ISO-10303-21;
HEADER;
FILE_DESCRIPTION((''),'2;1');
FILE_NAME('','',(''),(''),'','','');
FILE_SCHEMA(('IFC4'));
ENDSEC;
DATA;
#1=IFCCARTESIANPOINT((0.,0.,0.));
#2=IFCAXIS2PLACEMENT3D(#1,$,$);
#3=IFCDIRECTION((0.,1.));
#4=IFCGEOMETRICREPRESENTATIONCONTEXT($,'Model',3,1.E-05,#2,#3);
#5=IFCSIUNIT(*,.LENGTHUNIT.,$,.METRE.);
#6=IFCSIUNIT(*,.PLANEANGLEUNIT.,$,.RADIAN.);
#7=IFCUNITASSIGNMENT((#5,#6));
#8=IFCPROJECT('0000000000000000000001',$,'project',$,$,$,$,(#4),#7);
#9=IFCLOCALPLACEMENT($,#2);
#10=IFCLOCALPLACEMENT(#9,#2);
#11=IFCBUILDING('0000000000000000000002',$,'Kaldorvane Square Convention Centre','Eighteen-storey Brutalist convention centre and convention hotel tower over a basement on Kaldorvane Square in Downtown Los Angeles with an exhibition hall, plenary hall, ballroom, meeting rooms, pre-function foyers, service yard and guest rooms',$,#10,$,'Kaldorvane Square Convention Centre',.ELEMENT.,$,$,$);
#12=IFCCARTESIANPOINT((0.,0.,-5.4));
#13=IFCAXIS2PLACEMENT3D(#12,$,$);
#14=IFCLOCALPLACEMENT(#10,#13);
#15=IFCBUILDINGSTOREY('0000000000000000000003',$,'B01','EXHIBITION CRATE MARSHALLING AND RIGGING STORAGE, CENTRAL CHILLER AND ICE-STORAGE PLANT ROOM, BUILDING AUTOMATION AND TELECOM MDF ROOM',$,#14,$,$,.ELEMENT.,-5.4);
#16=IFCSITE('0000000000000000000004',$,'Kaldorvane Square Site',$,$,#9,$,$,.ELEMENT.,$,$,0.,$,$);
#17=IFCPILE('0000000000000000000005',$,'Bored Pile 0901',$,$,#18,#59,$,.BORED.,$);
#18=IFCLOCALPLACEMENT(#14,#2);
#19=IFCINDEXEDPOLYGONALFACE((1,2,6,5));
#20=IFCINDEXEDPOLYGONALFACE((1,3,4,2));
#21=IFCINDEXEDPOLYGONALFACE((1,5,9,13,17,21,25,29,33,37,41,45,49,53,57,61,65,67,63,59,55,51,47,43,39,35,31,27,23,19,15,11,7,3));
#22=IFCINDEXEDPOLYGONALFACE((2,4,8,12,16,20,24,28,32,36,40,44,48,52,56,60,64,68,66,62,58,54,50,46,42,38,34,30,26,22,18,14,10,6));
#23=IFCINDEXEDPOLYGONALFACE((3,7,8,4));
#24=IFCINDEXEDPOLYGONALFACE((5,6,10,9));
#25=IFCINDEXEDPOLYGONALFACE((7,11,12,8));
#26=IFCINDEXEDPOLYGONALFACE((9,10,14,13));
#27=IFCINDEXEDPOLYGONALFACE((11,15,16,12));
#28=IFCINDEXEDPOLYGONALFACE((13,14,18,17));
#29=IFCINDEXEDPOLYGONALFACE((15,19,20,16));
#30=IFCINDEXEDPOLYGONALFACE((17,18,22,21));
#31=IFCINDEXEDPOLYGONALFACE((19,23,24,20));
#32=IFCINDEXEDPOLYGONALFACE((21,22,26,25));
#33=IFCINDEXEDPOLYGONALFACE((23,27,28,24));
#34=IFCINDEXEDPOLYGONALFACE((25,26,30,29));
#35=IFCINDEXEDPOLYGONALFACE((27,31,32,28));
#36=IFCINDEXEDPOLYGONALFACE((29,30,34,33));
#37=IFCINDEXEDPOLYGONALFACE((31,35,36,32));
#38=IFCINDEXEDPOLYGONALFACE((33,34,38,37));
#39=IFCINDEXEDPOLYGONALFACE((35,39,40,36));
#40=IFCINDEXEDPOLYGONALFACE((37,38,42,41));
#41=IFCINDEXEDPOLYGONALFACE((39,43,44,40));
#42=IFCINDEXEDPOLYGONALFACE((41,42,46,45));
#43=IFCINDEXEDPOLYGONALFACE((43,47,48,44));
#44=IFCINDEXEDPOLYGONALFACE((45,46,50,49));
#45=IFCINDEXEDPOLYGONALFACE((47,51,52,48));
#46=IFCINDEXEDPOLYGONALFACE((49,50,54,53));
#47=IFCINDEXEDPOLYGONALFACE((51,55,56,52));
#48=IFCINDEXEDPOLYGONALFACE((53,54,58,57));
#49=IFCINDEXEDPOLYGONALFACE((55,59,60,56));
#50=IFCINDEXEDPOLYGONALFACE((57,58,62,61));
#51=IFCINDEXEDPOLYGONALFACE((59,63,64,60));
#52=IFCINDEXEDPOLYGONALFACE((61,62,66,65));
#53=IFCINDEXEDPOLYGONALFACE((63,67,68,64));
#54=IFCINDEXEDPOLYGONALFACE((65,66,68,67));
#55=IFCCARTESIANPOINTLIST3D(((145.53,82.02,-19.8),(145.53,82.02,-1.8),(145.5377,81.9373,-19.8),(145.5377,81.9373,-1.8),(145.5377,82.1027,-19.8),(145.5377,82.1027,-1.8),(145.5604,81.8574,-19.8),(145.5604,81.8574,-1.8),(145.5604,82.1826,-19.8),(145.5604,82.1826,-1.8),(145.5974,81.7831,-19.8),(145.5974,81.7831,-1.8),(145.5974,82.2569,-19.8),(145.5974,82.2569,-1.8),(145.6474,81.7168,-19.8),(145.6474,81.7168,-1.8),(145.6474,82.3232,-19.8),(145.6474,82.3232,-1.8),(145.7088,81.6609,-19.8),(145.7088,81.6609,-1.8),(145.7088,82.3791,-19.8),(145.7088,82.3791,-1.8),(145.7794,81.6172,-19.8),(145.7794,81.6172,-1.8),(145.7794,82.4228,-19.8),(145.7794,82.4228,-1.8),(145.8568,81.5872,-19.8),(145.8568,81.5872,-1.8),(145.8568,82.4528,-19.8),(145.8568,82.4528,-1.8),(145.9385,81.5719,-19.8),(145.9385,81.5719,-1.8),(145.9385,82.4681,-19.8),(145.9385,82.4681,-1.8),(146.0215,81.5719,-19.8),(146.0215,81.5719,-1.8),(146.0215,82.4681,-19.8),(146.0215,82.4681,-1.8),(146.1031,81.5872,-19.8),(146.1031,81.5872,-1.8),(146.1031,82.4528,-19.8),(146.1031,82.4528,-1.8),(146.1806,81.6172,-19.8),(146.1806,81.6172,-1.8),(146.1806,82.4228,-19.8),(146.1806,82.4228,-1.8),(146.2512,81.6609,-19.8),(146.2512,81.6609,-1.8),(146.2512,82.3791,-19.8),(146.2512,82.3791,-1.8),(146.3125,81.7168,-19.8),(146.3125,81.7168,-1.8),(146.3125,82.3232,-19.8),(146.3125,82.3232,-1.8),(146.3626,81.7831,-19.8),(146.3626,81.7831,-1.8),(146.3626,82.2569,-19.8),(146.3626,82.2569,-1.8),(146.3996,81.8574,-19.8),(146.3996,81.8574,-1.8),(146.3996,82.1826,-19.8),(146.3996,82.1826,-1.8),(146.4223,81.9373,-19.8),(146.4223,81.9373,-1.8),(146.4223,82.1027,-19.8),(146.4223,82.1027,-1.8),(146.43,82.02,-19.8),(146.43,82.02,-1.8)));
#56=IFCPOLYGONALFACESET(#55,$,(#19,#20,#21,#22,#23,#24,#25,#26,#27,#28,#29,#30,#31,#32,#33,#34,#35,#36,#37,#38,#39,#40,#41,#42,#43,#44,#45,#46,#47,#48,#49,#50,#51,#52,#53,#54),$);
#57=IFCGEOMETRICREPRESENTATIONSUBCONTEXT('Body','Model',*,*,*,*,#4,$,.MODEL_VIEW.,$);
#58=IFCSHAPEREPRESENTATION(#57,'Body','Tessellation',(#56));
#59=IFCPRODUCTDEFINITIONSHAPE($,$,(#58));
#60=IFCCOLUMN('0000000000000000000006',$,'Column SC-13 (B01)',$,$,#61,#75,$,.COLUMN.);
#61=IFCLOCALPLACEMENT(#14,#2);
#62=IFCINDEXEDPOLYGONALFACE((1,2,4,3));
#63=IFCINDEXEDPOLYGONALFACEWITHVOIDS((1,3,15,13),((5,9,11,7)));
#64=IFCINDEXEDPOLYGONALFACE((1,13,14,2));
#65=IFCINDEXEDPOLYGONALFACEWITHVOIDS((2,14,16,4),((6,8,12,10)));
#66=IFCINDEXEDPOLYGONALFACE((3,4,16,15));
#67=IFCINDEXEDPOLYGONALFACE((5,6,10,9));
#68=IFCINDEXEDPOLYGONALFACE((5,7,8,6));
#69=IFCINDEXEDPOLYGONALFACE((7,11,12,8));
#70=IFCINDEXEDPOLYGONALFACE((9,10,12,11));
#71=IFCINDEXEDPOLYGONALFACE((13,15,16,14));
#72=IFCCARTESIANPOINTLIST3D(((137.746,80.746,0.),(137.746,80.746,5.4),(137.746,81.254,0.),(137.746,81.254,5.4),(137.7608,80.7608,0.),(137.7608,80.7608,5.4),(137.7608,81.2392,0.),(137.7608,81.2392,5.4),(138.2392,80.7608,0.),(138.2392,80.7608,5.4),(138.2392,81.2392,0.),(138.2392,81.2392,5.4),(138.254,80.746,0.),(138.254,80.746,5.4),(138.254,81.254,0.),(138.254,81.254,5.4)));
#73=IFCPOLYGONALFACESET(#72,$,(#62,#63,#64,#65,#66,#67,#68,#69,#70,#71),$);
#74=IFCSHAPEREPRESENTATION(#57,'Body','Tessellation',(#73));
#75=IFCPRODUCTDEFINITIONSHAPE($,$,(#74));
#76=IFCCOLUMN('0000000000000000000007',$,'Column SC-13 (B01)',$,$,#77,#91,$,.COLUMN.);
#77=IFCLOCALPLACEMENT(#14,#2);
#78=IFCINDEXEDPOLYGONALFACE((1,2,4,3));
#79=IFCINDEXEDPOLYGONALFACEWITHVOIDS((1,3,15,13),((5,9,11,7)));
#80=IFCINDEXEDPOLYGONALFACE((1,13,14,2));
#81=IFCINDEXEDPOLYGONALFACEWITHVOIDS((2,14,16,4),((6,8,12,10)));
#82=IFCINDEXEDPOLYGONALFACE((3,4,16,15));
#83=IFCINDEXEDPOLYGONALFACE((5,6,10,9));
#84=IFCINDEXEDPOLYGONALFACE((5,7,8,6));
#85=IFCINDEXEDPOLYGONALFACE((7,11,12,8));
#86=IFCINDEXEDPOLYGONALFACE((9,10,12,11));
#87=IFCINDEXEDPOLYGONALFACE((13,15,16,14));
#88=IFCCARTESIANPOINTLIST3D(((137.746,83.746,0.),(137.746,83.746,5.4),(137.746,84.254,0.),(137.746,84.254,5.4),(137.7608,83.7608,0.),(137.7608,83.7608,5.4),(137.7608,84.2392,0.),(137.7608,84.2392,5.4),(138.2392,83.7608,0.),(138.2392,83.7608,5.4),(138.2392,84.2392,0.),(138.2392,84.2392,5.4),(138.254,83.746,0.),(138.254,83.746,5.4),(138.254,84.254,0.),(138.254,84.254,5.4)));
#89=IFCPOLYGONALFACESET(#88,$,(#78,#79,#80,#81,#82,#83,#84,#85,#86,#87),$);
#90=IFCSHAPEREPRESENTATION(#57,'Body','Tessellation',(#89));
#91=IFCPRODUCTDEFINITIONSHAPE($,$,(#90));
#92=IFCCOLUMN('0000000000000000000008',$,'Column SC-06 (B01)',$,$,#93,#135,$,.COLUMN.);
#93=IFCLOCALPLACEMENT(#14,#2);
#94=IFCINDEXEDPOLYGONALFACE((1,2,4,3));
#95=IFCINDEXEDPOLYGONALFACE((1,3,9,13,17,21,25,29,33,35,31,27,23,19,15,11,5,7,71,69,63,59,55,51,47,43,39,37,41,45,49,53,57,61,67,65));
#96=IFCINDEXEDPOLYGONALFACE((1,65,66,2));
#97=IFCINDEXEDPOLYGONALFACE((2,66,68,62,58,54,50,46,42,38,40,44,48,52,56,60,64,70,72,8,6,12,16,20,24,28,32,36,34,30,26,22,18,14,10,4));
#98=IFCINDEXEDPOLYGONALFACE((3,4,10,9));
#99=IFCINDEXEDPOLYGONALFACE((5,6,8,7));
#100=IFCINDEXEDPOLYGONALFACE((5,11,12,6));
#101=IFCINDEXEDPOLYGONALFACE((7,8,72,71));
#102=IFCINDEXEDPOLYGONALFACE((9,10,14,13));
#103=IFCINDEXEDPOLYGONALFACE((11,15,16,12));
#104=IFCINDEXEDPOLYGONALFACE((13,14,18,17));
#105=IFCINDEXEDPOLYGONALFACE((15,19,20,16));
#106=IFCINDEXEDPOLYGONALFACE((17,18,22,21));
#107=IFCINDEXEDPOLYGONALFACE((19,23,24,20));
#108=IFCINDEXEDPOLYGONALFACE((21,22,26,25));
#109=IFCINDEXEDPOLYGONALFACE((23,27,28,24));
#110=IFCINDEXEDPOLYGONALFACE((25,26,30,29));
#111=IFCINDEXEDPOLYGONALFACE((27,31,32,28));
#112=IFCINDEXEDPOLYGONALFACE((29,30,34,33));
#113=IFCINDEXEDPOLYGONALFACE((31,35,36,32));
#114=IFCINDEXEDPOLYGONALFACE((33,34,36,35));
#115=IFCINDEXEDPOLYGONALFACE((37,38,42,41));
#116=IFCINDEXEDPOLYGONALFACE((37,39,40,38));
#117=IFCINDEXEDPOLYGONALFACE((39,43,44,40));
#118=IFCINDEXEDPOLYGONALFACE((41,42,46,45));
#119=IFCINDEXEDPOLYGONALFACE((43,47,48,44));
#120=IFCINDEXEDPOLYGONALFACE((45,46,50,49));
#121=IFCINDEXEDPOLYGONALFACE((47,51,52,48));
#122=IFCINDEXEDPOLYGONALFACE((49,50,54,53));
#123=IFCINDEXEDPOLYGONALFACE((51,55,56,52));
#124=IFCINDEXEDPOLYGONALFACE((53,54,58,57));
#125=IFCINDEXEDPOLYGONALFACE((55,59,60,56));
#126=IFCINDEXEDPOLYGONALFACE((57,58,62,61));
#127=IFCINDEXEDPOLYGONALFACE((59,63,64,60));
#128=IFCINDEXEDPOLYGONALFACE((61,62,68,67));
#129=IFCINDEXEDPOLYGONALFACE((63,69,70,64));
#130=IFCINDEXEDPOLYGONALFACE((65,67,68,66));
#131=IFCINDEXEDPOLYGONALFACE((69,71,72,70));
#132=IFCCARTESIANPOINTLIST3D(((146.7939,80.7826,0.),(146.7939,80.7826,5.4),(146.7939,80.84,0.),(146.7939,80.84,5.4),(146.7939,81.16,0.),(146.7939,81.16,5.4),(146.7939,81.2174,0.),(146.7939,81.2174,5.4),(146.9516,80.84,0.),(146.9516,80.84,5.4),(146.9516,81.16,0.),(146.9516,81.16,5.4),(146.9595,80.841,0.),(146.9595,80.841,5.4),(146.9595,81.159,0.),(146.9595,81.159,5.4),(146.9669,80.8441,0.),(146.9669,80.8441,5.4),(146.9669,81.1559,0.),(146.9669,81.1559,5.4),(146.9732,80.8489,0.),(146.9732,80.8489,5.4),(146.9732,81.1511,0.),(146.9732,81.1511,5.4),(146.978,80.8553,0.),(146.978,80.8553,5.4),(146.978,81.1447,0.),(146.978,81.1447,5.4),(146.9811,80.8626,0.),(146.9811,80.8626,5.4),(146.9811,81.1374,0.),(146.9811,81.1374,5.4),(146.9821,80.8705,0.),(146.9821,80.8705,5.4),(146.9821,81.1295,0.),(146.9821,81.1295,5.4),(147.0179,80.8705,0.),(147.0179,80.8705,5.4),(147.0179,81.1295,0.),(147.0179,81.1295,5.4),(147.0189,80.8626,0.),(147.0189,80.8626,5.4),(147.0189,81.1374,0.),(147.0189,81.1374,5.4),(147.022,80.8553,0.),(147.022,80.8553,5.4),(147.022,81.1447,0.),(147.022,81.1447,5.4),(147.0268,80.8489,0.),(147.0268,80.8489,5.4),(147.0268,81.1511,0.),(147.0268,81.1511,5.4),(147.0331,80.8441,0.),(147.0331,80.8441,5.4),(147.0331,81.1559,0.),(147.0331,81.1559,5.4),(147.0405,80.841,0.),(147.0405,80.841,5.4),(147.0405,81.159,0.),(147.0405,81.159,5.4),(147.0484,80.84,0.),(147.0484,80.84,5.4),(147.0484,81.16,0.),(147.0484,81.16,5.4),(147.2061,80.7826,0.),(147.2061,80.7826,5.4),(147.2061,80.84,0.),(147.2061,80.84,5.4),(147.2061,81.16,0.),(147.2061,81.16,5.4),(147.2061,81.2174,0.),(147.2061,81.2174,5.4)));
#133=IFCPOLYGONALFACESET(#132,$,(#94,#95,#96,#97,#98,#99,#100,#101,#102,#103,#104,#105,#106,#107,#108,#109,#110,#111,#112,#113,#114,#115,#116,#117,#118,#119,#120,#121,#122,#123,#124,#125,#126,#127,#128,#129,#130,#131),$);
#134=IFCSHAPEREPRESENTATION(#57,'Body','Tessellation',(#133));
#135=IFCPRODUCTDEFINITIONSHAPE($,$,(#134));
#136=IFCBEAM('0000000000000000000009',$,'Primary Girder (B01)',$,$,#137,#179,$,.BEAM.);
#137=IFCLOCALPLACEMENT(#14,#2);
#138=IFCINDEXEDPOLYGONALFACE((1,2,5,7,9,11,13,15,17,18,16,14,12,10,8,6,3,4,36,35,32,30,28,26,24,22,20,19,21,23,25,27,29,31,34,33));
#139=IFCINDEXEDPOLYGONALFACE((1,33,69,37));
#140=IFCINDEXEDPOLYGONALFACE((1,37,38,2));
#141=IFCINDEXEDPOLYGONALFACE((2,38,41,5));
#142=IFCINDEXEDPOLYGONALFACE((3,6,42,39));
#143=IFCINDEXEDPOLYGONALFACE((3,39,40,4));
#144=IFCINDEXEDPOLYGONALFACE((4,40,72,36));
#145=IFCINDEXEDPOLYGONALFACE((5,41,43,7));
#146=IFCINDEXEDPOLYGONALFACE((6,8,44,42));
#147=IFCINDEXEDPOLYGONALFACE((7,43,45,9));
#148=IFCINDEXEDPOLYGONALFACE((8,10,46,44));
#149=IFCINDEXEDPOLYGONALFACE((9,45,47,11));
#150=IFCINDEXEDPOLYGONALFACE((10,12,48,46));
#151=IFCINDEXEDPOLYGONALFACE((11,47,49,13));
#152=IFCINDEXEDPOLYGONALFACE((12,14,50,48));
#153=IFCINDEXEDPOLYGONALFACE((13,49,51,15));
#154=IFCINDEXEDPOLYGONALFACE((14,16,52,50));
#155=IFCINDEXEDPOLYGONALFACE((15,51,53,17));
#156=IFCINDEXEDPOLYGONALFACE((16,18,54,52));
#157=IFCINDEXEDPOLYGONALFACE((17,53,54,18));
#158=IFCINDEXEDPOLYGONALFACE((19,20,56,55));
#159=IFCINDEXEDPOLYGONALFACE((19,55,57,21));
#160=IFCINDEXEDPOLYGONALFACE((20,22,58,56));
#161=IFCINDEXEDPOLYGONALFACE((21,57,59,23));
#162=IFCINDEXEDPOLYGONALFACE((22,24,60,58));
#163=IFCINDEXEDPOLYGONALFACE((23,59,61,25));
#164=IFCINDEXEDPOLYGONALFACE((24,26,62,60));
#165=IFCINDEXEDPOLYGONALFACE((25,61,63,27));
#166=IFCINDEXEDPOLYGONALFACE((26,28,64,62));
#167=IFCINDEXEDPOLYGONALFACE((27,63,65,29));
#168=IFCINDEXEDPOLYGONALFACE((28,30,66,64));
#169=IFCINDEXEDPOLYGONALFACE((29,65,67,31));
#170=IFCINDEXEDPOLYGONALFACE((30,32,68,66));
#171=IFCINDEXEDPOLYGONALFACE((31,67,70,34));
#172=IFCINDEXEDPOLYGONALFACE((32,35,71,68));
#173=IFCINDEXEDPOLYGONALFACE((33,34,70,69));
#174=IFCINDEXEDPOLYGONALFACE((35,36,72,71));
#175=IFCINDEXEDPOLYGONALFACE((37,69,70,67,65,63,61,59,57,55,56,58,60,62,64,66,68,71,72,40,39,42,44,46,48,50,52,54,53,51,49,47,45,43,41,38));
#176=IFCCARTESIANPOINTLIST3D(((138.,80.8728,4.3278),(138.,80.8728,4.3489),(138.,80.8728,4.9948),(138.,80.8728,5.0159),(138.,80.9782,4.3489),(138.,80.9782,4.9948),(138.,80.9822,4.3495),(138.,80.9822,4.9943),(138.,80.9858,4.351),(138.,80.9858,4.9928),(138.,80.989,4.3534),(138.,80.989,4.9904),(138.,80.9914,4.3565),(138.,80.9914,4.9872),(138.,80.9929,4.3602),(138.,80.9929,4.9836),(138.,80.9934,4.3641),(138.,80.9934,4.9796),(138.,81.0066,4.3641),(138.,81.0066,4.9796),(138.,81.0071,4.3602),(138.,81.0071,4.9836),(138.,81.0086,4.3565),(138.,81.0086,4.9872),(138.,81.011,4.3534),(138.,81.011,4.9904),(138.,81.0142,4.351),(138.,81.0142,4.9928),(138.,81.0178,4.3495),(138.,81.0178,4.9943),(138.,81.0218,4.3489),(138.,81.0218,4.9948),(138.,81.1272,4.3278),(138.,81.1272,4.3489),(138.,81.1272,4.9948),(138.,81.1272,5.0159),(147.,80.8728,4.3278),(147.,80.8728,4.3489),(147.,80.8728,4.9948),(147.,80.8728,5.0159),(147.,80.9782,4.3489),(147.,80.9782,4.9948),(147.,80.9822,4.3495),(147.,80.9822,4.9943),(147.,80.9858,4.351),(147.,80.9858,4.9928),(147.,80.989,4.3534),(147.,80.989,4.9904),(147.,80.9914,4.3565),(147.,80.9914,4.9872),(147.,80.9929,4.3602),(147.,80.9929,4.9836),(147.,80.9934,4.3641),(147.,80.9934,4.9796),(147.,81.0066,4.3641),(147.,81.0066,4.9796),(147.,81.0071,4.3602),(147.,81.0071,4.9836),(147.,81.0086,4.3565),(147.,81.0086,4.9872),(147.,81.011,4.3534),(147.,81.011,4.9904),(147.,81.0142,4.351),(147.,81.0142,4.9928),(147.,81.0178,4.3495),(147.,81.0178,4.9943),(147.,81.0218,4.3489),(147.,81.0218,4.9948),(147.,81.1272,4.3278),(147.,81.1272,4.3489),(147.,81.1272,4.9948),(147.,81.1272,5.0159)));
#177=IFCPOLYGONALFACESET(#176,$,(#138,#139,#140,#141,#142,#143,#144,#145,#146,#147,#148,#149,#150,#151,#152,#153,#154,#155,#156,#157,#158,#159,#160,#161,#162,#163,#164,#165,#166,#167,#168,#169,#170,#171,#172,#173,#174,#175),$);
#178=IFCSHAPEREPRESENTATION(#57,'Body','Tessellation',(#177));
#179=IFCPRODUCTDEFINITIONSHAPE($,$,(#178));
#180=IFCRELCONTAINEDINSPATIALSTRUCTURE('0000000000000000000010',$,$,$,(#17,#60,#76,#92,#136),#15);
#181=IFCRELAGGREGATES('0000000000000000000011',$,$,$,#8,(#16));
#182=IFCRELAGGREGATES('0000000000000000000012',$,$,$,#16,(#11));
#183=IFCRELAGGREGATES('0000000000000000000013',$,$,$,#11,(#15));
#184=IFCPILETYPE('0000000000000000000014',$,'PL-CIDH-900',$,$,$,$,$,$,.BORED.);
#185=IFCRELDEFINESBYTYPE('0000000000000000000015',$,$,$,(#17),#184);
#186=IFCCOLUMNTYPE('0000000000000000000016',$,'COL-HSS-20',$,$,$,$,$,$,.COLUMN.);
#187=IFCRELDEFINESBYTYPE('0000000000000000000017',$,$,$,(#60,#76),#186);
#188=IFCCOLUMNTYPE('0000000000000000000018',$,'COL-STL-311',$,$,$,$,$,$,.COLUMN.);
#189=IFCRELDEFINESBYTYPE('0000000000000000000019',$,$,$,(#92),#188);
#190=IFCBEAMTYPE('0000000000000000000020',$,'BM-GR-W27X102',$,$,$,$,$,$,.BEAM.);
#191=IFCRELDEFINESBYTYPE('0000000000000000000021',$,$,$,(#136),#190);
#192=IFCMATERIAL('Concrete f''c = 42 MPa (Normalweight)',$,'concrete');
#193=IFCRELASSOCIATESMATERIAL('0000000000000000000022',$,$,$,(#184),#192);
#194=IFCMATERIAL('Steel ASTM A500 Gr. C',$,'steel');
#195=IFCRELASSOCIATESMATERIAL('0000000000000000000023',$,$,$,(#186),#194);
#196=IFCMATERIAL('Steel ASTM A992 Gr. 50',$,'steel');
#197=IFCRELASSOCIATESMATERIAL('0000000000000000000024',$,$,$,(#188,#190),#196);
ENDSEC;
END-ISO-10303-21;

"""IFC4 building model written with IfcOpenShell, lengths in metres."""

from ifc_helpers import new_model, si_unit, direction, frame, origin, origin_2d, place, context, subcontext, project, spatial, hollow_rectangle, circle, i_section, extrude, material, material_profile, profile_set, type_object, element, save


model = new_model("IFC4")

# Units and contexts
model_context = context("Model", 3, precision=1e-05, world=origin(), true_north=direction((0.0, 1.0)))
body_context = subcontext(model_context, "Body", "Model", "MODEL_VIEW")
ifc_project = project(units=[si_unit("LENGTHUNIT", "METRE"), si_unit("PLANEANGLEUNIT", "RADIAN")], contexts=[model_context])

# Site, building, storey
site_placement = place(None, origin())
site = spatial("IfcSite", under=ifc_project, at=site_placement, Name="Kaldorvane Square Site", CompositionType="ELEMENT", RefElevation=0.0)
building_placement = place(site_placement, origin())
building = spatial("IfcBuilding", under=site, at=building_placement, Name="Kaldorvane Square Convention Centre", Description="Eighteen-storey Brutalist convention centre and convention hotel tower over a basement on Kaldorvane Square in Downtown Los Angeles with an exhibition hall, plenary hall, ballroom, meeting rooms, pre-function foyers, service yard and guest rooms", LongName="Kaldorvane Square Convention Centre", CompositionType="ELEMENT")
storey_placement = place(building_placement, frame((0.0, 0.0, -5.4)))
storey = spatial("IfcBuildingStorey", under=building, at=storey_placement, Name="B01", Description="EXHIBITION CRATE MARSHALLING AND RIGGING STORAGE, CENTRAL CHILLER AND ICE-STORAGE PLANT ROOM, BUILDING AUTOMATION AND TELECOM MDF ROOM", CompositionType="ELEMENT", Elevation=-5.4)

# Shared definitions
ifc_material_1 = material(Name="Concrete f'c = 42 MPa (Normalweight)", Category="concrete")

# Pile
ifc_material_profile_1 = material_profile(ifc_material_1, circle(Radius=0.45, at=origin_2d()), Name="PILE-D900")
ifc_profile_set_1 = profile_set([ifc_material_profile_1], Name="Concrete f'c = 42 MPa (Normalweight)")
pile_type_1 = type_object("IfcPileType", Name="PL-CIDH-900", PredefinedType="BORED", material=ifc_profile_set_1)
for number, where, z_axis, x_axis, name in (
    (1, (145.98, 82.02, -1.8), (0.0, 0.0, -1.0), (1.0, 0.0, 0.0), "Bored Pile 0901"),
):
    element("IfcPile", number, at=place(storey_placement, frame(where, z_axis=z_axis, x_axis=x_axis)), inside=storey, type_object=pile_type_1, Name=name, PredefinedType="BORED", context=body_context, shape_type="SweptSolid", body=[
        extrude(circle(Radius=0.45, at=origin_2d()), origin(), (0.0, 0.0, 1.0), 18.0),
    ])

# Columns
ifc_material_2 = material(Name="Steel ASTM A500 Gr. C", Category="steel")
ifc_material_profile_2 = material_profile(ifc_material_2, hollow_rectangle(XDim=0.508, YDim=0.508, WallThickness=0.0148, at=origin_2d()), Name="HSS20X20X5/8")
ifc_profile_set_2 = profile_set([ifc_material_profile_2], Name="Steel ASTM A500 Gr. C")
column_type_1 = type_object("IfcColumnType", Name="COL-HSS-20", PredefinedType="COLUMN", material=ifc_profile_set_2)
for number, where, z_axis, x_axis, name in (
    (2, (138.0, 81.0, 0.0), (0.0, 0.0, 1.0), (1.0, 0.0, 0.0), "Column SC-13 (B01)"),
    (3, (138.0, 84.0, 0.0), (0.0, 0.0, 1.0), (1.0, 0.0, 0.0), "Column SC-13 (B01)"),
):
    element("IfcColumn", number, at=place(storey_placement, frame(where, z_axis=z_axis, x_axis=x_axis)), inside=storey, type_object=column_type_1, Name=name, PredefinedType="COLUMN", context=body_context, shape_type="SweptSolid", body=[
        extrude(hollow_rectangle(XDim=0.508, YDim=0.508, WallThickness=0.0148, at=origin_2d()), origin(), (0.0, 0.0, 1.0), 5.4),
    ])
ifc_material_3 = material(Name="Steel ASTM A992 Gr. 50", Category="steel")
ifc_material_profile_3 = material_profile(ifc_material_3, i_section(OverallWidth=0.4122, OverallDepth=0.4348, WebThickness=0.0358, FlangeThickness=0.0574, FilletRadius=0.0305, at=origin_2d()), Name="W14X311")
ifc_profile_set_3 = profile_set([ifc_material_profile_3], Name="Steel ASTM A992 Gr. 50")
column_type_2 = type_object("IfcColumnType", Name="COL-STL-311", PredefinedType="COLUMN", material=ifc_profile_set_3)
column_placement = place(storey_placement, frame((147.0, 81.0, 0.0), z_axis=(0.0, 0.0, 1.0), x_axis=(1.0, 0.0, 0.0)))
element("IfcColumn", 4, at=column_placement, inside=storey, type_object=column_type_2, Name="Column SC-06 (B01)", PredefinedType="COLUMN", context=body_context, shape_type="SweptSolid", body=[
    extrude(i_section(OverallWidth=0.4122, OverallDepth=0.4348, WebThickness=0.0358, FlangeThickness=0.0574, FilletRadius=0.0305, at=origin_2d()), origin(), (0.0, 0.0, 1.0), 5.4),
])

# Beam
ifc_material_profile_4 = material_profile(ifc_material_3, i_section(OverallWidth=0.2544, OverallDepth=0.6881, WebThickness=0.0131, FlangeThickness=0.0211, FilletRadius=0.0152, at=origin_2d()), Name="W27X102")
ifc_profile_set_4 = profile_set([ifc_material_profile_4], Name="Steel ASTM A992 Gr. 50")
beam_type_1 = type_object("IfcBeamType", Name="BM-GR-W27X102", PredefinedType="BEAM", material=ifc_profile_set_4)
for number, where, z_axis, x_axis, name in (
    (5, (138.0, 81.0, 4.6719), (1.0, 0.0, 0.0), (0.0, 1.0, 0.0), "Primary Girder (B01)"),
):
    element("IfcBeam", number, at=place(storey_placement, frame(where, z_axis=z_axis, x_axis=x_axis)), inside=storey, type_object=beam_type_1, Name=name, PredefinedType="BEAM", context=body_context, shape_type="SweptSolid", body=[
        extrude(i_section(OverallWidth=0.2544, OverallDepth=0.6881, WebThickness=0.0131, FlangeThickness=0.0211, FilletRadius=0.0152, at=origin_2d()), origin(), (0.0, 0.0, 1.0), 9.0),
    ])

save(model, "model.ifc")
